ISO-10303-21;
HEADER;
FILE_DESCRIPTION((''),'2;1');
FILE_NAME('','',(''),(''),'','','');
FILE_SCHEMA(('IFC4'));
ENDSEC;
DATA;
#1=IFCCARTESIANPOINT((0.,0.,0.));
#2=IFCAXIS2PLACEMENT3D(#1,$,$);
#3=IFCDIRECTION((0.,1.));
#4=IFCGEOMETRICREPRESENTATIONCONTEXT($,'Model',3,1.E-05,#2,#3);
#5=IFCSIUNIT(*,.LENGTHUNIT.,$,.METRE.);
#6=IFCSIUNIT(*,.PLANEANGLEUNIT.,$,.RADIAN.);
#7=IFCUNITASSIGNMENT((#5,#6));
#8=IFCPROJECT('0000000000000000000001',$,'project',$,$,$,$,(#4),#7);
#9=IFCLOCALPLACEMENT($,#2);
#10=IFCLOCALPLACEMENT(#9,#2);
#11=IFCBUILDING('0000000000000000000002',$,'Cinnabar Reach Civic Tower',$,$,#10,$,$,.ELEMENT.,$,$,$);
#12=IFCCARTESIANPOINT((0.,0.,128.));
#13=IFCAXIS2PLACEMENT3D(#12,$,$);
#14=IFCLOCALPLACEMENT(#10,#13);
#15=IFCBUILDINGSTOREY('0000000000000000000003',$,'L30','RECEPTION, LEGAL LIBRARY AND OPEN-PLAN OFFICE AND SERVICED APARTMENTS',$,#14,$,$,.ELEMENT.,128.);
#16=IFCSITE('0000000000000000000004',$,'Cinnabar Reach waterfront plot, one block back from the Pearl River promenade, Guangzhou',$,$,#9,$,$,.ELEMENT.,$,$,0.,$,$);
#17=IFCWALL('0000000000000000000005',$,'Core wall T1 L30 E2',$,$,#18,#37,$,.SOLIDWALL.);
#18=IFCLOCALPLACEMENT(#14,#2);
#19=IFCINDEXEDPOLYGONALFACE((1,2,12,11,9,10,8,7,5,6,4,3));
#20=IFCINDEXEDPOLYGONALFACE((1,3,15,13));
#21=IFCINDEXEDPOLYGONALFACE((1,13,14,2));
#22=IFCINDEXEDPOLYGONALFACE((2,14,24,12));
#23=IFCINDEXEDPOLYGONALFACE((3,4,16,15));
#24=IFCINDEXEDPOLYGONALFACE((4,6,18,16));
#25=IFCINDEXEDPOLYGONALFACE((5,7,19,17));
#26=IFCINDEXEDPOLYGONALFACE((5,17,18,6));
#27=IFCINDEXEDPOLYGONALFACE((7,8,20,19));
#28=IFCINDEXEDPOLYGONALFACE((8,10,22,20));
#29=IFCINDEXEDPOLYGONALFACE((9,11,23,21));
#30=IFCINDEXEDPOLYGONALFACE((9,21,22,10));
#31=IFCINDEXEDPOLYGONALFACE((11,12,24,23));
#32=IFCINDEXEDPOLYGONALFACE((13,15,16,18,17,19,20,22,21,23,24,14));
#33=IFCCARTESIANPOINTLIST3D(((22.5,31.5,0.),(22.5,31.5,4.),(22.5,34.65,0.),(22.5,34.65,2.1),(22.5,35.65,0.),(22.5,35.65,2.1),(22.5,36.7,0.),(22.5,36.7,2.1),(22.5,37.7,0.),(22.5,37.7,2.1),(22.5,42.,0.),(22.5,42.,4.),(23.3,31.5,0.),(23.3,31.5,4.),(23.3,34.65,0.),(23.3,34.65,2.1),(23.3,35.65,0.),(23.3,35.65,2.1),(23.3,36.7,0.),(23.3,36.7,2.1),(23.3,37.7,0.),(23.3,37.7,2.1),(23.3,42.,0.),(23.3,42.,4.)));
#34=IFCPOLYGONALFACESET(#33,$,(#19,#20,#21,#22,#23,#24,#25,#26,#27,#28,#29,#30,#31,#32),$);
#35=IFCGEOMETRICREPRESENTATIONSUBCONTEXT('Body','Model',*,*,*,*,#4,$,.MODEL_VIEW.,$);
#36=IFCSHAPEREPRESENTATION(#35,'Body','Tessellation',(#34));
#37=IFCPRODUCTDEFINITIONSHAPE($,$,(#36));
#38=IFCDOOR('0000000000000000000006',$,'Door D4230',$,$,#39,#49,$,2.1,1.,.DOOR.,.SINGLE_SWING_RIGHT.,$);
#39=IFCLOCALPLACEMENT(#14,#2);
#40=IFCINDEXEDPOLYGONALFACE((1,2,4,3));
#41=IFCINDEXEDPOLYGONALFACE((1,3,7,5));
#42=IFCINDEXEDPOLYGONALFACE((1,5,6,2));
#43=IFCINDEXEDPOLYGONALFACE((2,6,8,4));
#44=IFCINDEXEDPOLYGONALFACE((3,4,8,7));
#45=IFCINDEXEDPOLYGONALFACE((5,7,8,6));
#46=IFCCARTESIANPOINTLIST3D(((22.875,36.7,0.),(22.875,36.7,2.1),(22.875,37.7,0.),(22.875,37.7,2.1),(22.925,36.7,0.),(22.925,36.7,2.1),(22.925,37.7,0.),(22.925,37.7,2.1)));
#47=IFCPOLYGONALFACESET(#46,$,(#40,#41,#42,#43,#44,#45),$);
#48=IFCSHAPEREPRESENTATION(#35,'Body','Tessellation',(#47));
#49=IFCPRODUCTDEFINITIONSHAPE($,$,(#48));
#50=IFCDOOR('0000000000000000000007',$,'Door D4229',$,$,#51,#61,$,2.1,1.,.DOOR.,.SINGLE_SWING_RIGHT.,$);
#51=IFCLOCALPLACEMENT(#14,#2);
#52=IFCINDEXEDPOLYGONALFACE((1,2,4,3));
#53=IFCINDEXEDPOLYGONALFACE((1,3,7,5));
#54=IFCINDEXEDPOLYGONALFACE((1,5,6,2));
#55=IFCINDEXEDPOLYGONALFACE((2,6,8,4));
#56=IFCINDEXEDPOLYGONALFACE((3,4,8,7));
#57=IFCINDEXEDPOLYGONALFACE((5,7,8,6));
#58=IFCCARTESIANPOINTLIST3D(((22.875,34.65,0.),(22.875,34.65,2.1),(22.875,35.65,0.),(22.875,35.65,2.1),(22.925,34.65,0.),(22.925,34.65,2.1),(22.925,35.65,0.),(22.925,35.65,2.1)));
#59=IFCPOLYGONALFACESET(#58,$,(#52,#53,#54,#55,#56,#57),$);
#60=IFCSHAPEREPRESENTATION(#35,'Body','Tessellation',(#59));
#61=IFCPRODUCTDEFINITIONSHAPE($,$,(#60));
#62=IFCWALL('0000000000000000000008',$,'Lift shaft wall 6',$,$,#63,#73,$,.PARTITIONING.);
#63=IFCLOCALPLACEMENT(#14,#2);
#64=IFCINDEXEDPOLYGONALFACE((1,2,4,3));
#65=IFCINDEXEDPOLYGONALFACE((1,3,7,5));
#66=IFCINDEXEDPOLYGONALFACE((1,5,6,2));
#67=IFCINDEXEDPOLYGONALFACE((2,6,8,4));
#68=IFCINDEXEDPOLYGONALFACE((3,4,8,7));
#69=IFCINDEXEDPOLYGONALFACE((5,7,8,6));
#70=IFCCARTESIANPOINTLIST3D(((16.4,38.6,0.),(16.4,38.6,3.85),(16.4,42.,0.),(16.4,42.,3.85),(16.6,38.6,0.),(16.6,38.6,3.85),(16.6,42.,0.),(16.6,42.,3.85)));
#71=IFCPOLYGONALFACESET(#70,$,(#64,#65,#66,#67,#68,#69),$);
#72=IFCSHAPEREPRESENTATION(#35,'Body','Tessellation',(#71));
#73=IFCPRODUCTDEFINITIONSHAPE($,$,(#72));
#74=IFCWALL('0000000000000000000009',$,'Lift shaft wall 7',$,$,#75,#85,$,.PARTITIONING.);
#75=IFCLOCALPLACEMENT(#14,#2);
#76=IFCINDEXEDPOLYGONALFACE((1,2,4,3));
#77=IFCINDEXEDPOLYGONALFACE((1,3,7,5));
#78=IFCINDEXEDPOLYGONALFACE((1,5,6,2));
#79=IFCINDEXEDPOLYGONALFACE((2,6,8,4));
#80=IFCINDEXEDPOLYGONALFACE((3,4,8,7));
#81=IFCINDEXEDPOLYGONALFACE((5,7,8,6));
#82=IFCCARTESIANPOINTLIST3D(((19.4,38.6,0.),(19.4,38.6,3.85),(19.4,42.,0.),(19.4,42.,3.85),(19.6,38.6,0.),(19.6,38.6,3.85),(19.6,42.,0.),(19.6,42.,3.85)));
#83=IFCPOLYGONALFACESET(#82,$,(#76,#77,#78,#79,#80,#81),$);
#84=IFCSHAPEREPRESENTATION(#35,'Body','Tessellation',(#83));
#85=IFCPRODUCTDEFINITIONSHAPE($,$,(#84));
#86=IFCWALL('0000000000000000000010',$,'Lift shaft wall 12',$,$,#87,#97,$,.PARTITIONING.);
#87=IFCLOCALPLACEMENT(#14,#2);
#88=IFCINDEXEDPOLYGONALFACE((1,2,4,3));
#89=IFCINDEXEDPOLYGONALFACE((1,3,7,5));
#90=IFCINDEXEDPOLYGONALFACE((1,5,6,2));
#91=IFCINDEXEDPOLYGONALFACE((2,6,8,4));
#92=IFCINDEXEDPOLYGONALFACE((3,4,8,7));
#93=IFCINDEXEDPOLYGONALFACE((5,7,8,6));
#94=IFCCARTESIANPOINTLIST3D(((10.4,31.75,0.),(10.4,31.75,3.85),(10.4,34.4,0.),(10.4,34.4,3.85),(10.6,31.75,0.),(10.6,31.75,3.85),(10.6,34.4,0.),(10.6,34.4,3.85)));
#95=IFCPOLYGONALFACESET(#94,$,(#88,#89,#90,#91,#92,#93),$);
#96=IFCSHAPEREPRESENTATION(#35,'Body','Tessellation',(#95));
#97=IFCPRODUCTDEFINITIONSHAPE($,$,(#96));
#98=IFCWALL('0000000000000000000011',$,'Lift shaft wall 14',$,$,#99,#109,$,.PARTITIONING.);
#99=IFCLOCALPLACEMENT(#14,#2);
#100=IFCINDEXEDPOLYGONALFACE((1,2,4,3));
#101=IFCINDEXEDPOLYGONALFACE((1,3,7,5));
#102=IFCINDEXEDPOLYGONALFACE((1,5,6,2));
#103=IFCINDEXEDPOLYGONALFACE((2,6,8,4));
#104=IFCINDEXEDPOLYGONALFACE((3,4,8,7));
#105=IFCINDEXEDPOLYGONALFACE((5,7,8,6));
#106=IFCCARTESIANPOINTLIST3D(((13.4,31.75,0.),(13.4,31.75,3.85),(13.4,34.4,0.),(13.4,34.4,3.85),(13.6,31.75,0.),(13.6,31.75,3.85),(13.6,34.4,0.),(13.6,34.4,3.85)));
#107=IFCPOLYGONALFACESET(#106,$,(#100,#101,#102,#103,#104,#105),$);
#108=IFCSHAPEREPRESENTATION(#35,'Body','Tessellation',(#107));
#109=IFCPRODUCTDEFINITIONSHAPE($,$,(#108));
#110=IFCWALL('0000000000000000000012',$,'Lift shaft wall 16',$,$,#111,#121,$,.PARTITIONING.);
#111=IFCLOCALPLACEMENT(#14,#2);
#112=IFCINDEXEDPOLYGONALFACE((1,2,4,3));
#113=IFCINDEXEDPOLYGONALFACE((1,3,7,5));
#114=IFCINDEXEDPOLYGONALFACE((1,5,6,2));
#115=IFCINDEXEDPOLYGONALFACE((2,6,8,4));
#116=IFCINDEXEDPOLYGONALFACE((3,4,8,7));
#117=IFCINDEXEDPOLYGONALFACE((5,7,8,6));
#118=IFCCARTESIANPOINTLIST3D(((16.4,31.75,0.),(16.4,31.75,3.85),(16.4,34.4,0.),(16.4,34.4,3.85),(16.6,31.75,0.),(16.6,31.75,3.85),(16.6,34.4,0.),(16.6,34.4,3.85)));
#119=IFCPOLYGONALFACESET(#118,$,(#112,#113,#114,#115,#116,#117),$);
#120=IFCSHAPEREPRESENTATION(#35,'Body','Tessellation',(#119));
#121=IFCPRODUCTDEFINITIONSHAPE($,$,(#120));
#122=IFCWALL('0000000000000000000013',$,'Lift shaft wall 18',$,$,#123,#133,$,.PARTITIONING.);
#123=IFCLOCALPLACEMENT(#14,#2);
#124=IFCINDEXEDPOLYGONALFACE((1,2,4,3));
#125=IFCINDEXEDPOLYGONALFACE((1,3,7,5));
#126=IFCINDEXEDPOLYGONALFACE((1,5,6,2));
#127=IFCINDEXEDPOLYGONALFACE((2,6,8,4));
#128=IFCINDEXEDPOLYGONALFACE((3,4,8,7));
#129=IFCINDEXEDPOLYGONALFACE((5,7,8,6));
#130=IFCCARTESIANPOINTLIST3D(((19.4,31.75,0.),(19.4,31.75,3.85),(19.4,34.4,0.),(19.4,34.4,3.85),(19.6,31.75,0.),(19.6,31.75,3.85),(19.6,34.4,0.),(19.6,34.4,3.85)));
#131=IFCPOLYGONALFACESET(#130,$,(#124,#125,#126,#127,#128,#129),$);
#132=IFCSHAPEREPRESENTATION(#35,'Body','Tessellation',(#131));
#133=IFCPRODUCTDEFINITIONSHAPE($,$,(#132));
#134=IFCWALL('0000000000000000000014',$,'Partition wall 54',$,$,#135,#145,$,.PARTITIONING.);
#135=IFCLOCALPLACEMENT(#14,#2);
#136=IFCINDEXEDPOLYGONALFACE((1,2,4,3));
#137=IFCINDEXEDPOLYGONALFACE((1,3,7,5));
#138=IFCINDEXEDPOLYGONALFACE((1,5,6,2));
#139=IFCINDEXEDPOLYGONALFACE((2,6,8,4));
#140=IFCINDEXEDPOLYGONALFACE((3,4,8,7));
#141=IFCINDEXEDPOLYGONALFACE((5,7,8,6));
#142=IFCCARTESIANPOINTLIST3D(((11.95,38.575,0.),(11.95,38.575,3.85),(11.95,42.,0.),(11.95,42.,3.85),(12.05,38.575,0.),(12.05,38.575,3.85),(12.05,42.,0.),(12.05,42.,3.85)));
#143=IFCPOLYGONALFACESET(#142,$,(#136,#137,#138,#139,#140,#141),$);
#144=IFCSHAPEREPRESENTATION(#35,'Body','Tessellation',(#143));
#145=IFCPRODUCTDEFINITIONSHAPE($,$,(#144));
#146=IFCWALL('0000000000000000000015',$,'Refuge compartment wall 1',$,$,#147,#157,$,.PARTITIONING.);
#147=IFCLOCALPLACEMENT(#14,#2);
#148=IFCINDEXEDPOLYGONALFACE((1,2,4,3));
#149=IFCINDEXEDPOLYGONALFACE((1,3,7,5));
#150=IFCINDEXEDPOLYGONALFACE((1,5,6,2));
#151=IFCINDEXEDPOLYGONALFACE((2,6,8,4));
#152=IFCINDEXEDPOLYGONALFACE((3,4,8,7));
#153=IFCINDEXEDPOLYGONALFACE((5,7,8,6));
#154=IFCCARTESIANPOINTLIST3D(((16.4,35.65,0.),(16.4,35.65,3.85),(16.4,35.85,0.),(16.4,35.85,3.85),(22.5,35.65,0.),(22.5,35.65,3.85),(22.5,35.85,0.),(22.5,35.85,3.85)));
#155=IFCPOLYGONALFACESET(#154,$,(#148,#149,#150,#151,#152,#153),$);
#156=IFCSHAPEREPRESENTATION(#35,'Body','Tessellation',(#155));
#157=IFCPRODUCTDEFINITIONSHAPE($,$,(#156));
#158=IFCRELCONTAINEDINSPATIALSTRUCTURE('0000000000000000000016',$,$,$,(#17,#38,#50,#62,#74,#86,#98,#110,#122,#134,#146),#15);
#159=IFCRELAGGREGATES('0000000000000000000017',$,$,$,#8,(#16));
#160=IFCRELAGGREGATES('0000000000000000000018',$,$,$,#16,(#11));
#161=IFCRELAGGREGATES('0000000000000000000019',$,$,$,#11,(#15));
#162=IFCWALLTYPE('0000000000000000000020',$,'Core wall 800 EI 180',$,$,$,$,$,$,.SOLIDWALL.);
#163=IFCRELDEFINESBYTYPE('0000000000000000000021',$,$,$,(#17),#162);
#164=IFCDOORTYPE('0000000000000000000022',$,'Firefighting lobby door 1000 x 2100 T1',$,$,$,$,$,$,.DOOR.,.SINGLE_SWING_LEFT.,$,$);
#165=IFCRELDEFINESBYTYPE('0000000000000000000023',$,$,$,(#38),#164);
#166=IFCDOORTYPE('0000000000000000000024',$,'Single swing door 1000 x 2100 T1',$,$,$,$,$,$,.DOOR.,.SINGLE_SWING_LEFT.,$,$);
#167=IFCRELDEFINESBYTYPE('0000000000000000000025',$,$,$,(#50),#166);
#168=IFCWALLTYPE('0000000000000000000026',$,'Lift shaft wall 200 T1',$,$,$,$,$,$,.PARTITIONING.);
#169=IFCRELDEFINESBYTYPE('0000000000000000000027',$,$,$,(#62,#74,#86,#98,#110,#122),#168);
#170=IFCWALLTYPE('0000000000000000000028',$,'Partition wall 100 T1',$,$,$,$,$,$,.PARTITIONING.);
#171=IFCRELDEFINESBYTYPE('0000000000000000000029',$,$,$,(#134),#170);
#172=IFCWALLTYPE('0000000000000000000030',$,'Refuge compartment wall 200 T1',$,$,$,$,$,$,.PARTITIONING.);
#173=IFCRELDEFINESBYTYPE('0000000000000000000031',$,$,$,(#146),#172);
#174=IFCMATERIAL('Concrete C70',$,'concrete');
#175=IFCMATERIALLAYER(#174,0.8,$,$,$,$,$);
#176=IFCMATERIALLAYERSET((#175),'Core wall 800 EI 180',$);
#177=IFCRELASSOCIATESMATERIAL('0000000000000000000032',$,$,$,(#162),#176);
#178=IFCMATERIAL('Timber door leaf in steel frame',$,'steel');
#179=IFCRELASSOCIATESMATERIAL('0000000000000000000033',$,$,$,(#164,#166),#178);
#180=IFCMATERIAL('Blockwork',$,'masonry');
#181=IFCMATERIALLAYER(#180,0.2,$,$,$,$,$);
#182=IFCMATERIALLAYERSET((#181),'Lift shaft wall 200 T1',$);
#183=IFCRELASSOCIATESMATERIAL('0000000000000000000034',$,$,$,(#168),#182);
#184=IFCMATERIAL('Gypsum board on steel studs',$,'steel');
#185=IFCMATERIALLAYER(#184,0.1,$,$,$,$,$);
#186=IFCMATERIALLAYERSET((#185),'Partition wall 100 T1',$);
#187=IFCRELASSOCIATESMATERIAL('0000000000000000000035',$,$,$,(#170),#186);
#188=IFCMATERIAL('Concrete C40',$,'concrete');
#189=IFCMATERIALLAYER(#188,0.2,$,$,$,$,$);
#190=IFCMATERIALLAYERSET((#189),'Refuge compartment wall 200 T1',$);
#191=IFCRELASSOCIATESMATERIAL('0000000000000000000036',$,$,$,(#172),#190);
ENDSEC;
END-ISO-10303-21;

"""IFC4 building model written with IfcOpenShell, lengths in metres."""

from ifc_helpers import new_model, si_unit, direction, frame, frame_2d, origin, place, context, subcontext, project, spatial, rectangle, extrude, material, layer, layer_set, type_object, element, fill, save


model = new_model("IFC4")

# Units and contexts
model_context = context("Model", 3, precision=1e-05, world=origin(), true_north=direction((0.0, 1.0)))
body_context = subcontext(model_context, "Body", "Model", "MODEL_VIEW")
ifc_project = project(units=[si_unit("LENGTHUNIT", "METRE"), si_unit("PLANEANGLEUNIT", "RADIAN")], contexts=[model_context])

# Site, building, storey
site_placement = place(None, origin())
site = spatial("IfcSite", under=ifc_project, at=site_placement, Name="Cinnabar Reach waterfront plot, one block back from the Pearl River promenade, Guangzhou", CompositionType="ELEMENT", RefElevation=0.0)
building_placement = place(site_placement, origin())
building = spatial("IfcBuilding", under=site, at=building_placement, Name="Cinnabar Reach Civic Tower", CompositionType="ELEMENT")
storey_placement = place(building_placement, frame((0.0, 0.0, 128.0)))
storey = spatial("IfcBuildingStorey", under=building, at=storey_placement, Name="L30", Description="RECEPTION, LEGAL LIBRARY AND OPEN-PLAN OFFICE AND SERVICED APARTMENTS", CompositionType="ELEMENT", Elevation=128.0)

# Wall, openings, doors
ifc_material_1 = material(Name="Concrete C70", Category="concrete")
ifc_layer_1 = layer(ifc_material_1, 0.8)
ifc_layer_set_1 = layer_set([ifc_layer_1], Name="Core wall 800 EI 180")
wall_type_1 = type_object("IfcWallType", Name="Core wall 800 EI 180", PredefinedType="SOLIDWALL", material=ifc_layer_set_1)
wall_1_placement = place(storey_placement, frame((22.9, 31.5, 0.0), z_axis=(0.0, 0.0, 1.0), x_axis=(0.0, 1.0, 0.0)))
wall_1 = element("IfcWall", 1, at=wall_1_placement, inside=storey, type_object=wall_type_1, Name="Core wall T1 L30 E2", PredefinedType="SOLIDWALL", context=body_context, shape_type="SweptSolid", body=[
    extrude(rectangle(XDim=10.5, YDim=0.8, at=frame_2d((5.25, 0.0))), origin(), (0.0, 0.0, 1.0), 4.0),
])
opening_1_placement = place(wall_1_placement, frame((3.15, 0.0, 0.0)))
opening_1 = element("IfcOpeningElement", 2, at=opening_1_placement, cuts=wall_1, PredefinedType="OPENING", context=body_context, shape_type="SweptSolid", body=[
    extrude(rectangle(XDim=1.0, YDim=2.1, at=frame_2d((0.5, 1.05))), frame((0.0, 0.41, 0.0), z_axis=(0.0, -1.0, 0.0), x_axis=(1.0, 0.0, 0.0)), (0.0, 0.0, 1.0), 0.82),
])
opening_2_placement = place(wall_1_placement, frame((5.2, 0.0, 0.0)))
opening_2 = element("IfcOpeningElement", 3, at=opening_2_placement, cuts=wall_1, PredefinedType="OPENING", context=body_context, shape_type="SweptSolid", body=[
    extrude(rectangle(XDim=1.0, YDim=2.1, at=frame_2d((0.5, 1.05))), frame((0.0, 0.41, 0.0), z_axis=(0.0, -1.0, 0.0), x_axis=(1.0, 0.0, 0.0)), (0.0, 0.0, 1.0), 0.82),
])
ifc_material_2 = material(Name="Timber door leaf in steel frame", Category="steel")
door_type_1 = type_object("IfcDoorType", Name="Firefighting lobby door 1000 x 2100 T1", OperationType="SINGLE_SWING_LEFT", PredefinedType="DOOR", material=ifc_material_2)
door_1_placement = place(opening_2_placement, origin())
door_1 = element("IfcDoor", 4, at=door_1_placement, inside=storey, type_object=door_type_1, Name="Door D4230", OperationType="SINGLE_SWING_RIGHT", OverallHeight=2.1, OverallWidth=1.0, PredefinedType="DOOR", context=body_context, shape_type="SweptSolid", body=[
    extrude(rectangle(XDim=1.0, YDim=2.1, at=frame_2d((0.5, 1.05))), frame((0.0, 0.025, 0.0), z_axis=(0.0, -1.0, 0.0), x_axis=(1.0, 0.0, 0.0)), (0.0, 0.0, 1.0), 0.05),
])
fill(opening_2, door_1)
door_type_2 = type_object("IfcDoorType", Name="Single swing door 1000 x 2100 T1", OperationType="SINGLE_SWING_LEFT", PredefinedType="DOOR", material=ifc_material_2)
door_2_placement = place(opening_1_placement, origin())
door_2 = element("IfcDoor", 5, at=door_2_placement, inside=storey, type_object=door_type_2, Name="Door D4229", OperationType="SINGLE_SWING_RIGHT", OverallHeight=2.1, OverallWidth=1.0, PredefinedType="DOOR", context=body_context, shape_type="SweptSolid", body=[
    extrude(rectangle(XDim=1.0, YDim=2.1, at=frame_2d((0.5, 1.05))), frame((0.0, 0.025, 0.0), z_axis=(0.0, -1.0, 0.0), x_axis=(1.0, 0.0, 0.0)), (0.0, 0.0, 1.0), 0.05),
])
fill(opening_1, door_2)

# Walls
ifc_material_3 = material(Name="Blockwork", Category="masonry")
ifc_layer_2 = layer(ifc_material_3, 0.2)
ifc_layer_set_2 = layer_set([ifc_layer_2], Name="Lift shaft wall 200 T1")
wall_type_2 = type_object("IfcWallType", Name="Lift shaft wall 200 T1", PredefinedType="PARTITIONING", material=ifc_layer_set_2)
for number, where, z_axis, x_axis, name in (
    (6, (16.5, 38.6, 0.0), (0.0, 0.0, 1.0), (0.0, 1.0, 0.0), "Lift shaft wall 6"),
    (7, (19.5, 38.6, 0.0), (0.0, 0.0, 1.0), (0.0, 1.0, 0.0), "Lift shaft wall 7"),
):
    element("IfcWall", number, at=place(storey_placement, frame(where, z_axis=z_axis, x_axis=x_axis)), inside=storey, type_object=wall_type_2, Name=name, PredefinedType="PARTITIONING", context=body_context, shape_type="SweptSolid", body=[
        extrude(rectangle(XDim=3.4, YDim=0.2, at=frame_2d((1.7, 0.0))), origin(), (0.0, 0.0, 1.0), 3.85),
    ])
for number, where, z_axis, x_axis, name in (
    (8, (10.5, 31.75, 0.0), (0.0, 0.0, 1.0), (0.0, 1.0, 0.0), "Lift shaft wall 12"),
    (9, (13.5, 31.75, 0.0), (0.0, 0.0, 1.0), (0.0, 1.0, 0.0), "Lift shaft wall 14"),
    (10, (16.5, 31.75, 0.0), (0.0, 0.0, 1.0), (0.0, 1.0, 0.0), "Lift shaft wall 16"),
    (11, (19.5, 31.75, 0.0), (0.0, 0.0, 1.0), (0.0, 1.0, 0.0), "Lift shaft wall 18"),
):
    element("IfcWall", number, at=place(storey_placement, frame(where, z_axis=z_axis, x_axis=x_axis)), inside=storey, type_object=wall_type_2, Name=name, PredefinedType="PARTITIONING", context=body_context, shape_type="SweptSolid", body=[
        extrude(rectangle(XDim=2.65, YDim=0.2, at=frame_2d((1.325, 0.0))), origin(), (0.0, 0.0, 1.0), 3.85),
    ])
ifc_material_4 = material(Name="Gypsum board on steel studs", Category="steel")
ifc_layer_3 = layer(ifc_material_4, 0.1)
ifc_layer_set_3 = layer_set([ifc_layer_3], Name="Partition wall 100 T1")
wall_type_3 = type_object("IfcWallType", Name="Partition wall 100 T1", PredefinedType="PARTITIONING", material=ifc_layer_set_3)
wall_2_placement = place(storey_placement, frame((12.0, 38.575, 0.0), z_axis=(0.0, 0.0, 1.0), x_axis=(0.0, 1.0, 0.0)))
element("IfcWall", 12, at=wall_2_placement, inside=storey, type_object=wall_type_3, Name="Partition wall 54", PredefinedType="PARTITIONING", context=body_context, shape_type="SweptSolid", body=[
    extrude(rectangle(XDim=3.425, YDim=0.1, at=frame_2d((1.7125, 0.0))), origin(), (0.0, 0.0, 1.0), 3.85),
])
ifc_material_5 = material(Name="Concrete C40", Category="concrete")
ifc_layer_4 = layer(ifc_material_5, 0.2)
ifc_layer_set_4 = layer_set([ifc_layer_4], Name="Refuge compartment wall 200 T1")
wall_type_4 = type_object("IfcWallType", Name="Refuge compartment wall 200 T1", PredefinedType="PARTITIONING", material=ifc_layer_set_4)
wall_3_placement = place(storey_placement, frame((16.4, 35.75, 0.0), z_axis=(0.0, 0.0, 1.0), x_axis=(1.0, 0.0, 0.0)))
element("IfcWall", 13, at=wall_3_placement, inside=storey, type_object=wall_type_4, Name="Refuge compartment wall 1", PredefinedType="PARTITIONING", context=body_context, shape_type="SweptSolid", body=[
    extrude(rectangle(XDim=6.1, YDim=0.2, at=frame_2d((3.05, 0.0))), origin(), (0.0, 0.0, 1.0), 3.85),
])

save(model, "model.ifc")
